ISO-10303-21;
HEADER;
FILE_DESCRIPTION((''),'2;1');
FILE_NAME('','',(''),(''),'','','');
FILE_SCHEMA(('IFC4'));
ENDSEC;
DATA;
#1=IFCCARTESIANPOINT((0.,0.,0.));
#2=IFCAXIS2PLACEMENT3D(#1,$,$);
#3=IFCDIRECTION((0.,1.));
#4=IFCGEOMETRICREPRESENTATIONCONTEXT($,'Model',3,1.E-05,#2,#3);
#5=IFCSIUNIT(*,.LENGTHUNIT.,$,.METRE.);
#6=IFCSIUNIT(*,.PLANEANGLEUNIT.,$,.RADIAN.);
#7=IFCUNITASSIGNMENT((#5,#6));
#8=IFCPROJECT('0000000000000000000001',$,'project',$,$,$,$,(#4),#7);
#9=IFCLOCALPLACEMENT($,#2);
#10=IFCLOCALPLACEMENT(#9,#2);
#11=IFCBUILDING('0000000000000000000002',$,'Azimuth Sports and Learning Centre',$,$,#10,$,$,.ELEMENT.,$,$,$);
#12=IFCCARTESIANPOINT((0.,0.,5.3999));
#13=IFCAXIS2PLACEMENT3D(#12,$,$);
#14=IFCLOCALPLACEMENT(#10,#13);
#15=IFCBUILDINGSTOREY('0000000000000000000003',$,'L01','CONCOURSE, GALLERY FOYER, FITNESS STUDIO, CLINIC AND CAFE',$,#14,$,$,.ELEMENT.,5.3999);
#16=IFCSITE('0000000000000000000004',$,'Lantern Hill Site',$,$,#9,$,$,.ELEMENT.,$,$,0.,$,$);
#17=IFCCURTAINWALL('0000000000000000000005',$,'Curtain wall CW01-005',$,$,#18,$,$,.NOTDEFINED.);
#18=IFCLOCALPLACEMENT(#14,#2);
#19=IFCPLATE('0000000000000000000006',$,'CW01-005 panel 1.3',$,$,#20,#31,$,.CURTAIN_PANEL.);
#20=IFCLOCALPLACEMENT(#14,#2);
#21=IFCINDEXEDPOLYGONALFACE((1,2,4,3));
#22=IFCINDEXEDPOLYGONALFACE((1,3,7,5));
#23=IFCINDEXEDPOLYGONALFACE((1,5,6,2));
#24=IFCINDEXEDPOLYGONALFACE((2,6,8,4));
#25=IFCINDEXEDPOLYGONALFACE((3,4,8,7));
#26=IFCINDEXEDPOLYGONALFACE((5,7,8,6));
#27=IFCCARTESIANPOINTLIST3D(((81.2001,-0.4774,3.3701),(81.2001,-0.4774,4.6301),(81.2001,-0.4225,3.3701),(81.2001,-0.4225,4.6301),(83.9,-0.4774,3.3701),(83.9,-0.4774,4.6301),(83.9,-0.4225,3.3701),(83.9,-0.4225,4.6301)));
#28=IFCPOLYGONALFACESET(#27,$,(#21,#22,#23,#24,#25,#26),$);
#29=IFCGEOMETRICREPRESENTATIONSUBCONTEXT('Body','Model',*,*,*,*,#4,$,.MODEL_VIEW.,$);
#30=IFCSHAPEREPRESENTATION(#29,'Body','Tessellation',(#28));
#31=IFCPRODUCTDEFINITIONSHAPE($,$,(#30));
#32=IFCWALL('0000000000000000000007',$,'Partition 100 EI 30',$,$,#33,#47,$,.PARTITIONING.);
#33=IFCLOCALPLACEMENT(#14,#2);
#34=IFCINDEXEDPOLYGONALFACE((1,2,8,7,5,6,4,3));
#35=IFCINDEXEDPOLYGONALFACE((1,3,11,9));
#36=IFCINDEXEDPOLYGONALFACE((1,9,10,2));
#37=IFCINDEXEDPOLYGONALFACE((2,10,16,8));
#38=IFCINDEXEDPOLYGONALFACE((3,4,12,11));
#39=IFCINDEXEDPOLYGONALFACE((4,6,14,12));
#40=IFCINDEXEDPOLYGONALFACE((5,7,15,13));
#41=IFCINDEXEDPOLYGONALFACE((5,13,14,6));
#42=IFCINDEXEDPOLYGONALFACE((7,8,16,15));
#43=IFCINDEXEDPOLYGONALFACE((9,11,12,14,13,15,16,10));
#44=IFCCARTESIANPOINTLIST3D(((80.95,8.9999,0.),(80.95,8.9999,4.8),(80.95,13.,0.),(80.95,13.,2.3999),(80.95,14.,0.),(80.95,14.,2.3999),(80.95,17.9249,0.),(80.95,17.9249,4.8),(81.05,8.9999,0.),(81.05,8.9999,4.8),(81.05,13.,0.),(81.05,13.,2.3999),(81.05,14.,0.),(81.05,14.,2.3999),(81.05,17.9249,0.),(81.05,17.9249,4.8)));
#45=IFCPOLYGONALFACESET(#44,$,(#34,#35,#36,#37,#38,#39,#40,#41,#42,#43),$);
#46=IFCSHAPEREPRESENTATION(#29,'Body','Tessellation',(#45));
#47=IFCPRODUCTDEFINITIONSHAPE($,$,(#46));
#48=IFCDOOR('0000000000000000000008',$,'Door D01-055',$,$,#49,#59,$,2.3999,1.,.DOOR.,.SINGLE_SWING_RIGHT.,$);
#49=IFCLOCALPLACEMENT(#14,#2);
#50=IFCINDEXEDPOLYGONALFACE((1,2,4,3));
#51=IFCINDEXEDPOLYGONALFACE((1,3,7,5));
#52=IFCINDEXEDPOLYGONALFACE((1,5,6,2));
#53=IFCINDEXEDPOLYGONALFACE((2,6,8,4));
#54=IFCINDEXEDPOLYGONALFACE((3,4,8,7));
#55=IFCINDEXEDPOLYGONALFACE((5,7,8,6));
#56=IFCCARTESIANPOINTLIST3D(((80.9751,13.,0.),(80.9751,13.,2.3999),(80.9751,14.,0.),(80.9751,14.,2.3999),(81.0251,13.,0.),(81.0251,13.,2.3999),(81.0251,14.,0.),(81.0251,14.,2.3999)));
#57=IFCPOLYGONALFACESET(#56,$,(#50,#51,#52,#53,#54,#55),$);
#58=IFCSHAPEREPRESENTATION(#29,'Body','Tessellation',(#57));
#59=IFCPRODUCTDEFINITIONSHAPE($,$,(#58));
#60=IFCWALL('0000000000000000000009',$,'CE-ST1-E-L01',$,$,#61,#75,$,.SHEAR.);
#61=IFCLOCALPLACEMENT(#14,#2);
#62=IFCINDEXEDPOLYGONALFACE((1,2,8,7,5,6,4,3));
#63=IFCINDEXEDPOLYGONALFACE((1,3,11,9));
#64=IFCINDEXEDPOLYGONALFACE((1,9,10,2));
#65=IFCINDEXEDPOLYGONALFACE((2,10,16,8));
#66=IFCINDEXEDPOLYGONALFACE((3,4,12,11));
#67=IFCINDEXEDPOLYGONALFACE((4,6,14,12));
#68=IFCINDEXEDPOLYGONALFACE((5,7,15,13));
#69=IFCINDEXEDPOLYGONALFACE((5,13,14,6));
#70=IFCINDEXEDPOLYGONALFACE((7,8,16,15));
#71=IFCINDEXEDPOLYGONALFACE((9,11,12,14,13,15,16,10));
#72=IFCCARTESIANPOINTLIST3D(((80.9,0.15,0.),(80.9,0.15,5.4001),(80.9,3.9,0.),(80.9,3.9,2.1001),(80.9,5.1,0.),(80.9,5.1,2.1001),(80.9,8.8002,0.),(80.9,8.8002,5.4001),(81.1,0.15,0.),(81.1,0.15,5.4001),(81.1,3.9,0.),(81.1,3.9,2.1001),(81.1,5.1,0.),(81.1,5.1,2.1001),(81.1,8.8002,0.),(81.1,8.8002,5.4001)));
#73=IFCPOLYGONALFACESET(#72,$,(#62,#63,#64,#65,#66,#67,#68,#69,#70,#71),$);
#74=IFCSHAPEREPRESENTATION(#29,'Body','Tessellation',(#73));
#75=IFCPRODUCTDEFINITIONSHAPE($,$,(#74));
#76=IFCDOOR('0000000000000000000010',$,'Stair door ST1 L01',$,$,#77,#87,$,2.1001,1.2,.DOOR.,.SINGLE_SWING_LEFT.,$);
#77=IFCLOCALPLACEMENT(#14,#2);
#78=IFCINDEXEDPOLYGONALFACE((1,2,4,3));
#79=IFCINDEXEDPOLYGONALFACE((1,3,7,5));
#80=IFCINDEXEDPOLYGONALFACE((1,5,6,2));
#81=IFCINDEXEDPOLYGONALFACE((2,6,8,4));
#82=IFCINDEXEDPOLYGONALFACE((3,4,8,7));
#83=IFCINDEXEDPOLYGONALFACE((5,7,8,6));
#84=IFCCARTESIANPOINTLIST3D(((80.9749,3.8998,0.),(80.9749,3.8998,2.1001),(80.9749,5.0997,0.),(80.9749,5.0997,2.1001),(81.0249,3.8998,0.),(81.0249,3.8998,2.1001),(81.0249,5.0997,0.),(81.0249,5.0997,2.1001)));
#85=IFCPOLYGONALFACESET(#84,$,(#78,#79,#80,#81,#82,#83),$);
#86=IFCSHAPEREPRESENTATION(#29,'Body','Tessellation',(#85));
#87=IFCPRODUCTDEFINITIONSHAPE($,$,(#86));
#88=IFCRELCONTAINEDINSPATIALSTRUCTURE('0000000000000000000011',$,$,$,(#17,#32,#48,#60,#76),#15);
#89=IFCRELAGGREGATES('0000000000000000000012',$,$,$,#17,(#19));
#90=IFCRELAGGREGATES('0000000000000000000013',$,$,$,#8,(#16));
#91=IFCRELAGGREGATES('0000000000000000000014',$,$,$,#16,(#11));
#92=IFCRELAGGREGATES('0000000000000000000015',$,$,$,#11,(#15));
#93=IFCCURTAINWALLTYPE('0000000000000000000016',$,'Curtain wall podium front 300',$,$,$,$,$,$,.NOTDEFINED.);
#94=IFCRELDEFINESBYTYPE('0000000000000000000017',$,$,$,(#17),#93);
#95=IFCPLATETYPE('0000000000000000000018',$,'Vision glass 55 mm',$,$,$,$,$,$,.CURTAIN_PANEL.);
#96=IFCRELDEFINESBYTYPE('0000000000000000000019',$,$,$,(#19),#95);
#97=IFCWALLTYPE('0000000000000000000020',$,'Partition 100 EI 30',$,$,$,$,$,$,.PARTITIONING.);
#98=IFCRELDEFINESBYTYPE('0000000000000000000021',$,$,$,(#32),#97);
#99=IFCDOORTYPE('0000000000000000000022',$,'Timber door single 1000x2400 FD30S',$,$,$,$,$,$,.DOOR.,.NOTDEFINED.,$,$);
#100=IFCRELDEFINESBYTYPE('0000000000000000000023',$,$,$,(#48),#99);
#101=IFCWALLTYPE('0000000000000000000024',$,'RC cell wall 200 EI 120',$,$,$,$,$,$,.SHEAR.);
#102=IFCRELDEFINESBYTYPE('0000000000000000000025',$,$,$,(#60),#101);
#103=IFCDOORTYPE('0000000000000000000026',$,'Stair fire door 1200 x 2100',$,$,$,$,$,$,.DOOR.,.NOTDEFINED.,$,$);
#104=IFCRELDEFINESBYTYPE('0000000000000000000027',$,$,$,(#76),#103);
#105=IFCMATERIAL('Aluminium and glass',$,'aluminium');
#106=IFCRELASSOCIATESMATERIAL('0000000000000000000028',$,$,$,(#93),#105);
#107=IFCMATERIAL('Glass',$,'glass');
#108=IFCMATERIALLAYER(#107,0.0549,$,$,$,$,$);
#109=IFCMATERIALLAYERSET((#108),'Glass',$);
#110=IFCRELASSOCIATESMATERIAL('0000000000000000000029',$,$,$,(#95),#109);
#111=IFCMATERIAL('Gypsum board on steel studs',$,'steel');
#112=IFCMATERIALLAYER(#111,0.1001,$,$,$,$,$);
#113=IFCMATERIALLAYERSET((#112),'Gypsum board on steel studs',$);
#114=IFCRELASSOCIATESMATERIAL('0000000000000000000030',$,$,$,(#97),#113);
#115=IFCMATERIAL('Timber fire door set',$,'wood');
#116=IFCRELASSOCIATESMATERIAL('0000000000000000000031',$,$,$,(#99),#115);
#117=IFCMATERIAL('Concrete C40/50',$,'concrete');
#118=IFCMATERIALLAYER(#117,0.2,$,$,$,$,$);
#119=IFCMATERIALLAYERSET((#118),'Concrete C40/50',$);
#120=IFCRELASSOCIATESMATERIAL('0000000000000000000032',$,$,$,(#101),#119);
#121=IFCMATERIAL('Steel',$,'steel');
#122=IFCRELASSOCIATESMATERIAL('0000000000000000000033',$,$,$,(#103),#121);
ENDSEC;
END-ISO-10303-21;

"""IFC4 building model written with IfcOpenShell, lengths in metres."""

from ifc_helpers import new_model, si_unit, direction, frame, frame_2d, origin, origin_2d, place, context, subcontext, project, spatial, rectangle, extrude, material, layer, layer_set, type_object, element, fill, aggregate, save


model = new_model("IFC4")

# Units and contexts
model_context = context("Model", 3, precision=1e-05, world=origin(), true_north=direction((0.0, 1.0)))
body_context = subcontext(model_context, "Body", "Model", "MODEL_VIEW")
ifc_project = project(units=[si_unit("LENGTHUNIT", "METRE"), si_unit("PLANEANGLEUNIT", "RADIAN")], contexts=[model_context])

# Site, building, storey
site_placement = place(None, origin())
site = spatial("IfcSite", under=ifc_project, at=site_placement, Name="Lantern Hill Site", CompositionType="ELEMENT", RefElevation=0.0)
building_placement = place(site_placement, origin())
building = spatial("IfcBuilding", under=site, at=building_placement, Name="Azimuth Sports and Learning Centre", CompositionType="ELEMENT")
storey_placement = place(building_placement, frame((0.0, 0.0, 5.3999)))
storey = spatial("IfcBuildingStorey", under=building, at=storey_placement, Name="L01", Description="CONCOURSE, GALLERY FOYER, FITNESS STUDIO, CLINIC AND CAFE", CompositionType="ELEMENT", Elevation=5.3999)

# Curtain wall, plate
ifc_material_1 = material(Name="Aluminium and glass", Category="aluminium")
curtain_wall_type = type_object("IfcCurtainWallType", Name="Curtain wall podium front 300", PredefinedType="NOTDEFINED", material=ifc_material_1)
curtain_wall_placement = place(storey_placement, origin())
curtain_wall = element("IfcCurtainWall", 1, at=curtain_wall_placement, inside=storey, type_object=curtain_wall_type, Name="Curtain wall CW01-005", PredefinedType="NOTDEFINED")
ifc_material_2 = material(Name="Glass", Category="glass")
ifc_layer_1 = layer(ifc_material_2, 0.0549)
ifc_layer_set_1 = layer_set([ifc_layer_1], Name="Glass")
plate_type_1 = type_object("IfcPlateType", Name="Vision glass 55 mm", PredefinedType="CURTAIN_PANEL", material=ifc_layer_set_1)
plate_1_placement = place(storey_placement, frame((82.55, -0.45, 3.3701), z_axis=(0.0, 0.0, 1.0), x_axis=(1.0, 0.0, 0.0)))
plate_1 = element("IfcPlate", 2, at=plate_1_placement, type_object=plate_type_1, Name="CW01-005 panel 1.3", PredefinedType="CURTAIN_PANEL", context=body_context, shape_type="SweptSolid", body=[
    extrude(rectangle(XDim=2.7, YDim=0.0549, at=origin_2d()), origin(), (0.0, 0.0, 1.0), 1.26),
])
aggregate(curtain_wall, [plate_1])

# Walls, openings, doors
ifc_material_3 = material(Name="Gypsum board on steel studs", Category="steel")
ifc_layer_2 = layer(ifc_material_3, 0.1001)
ifc_layer_set_2 = layer_set([ifc_layer_2], Name="Gypsum board on steel studs")
wall_type_1 = type_object("IfcWallType", Name="Partition 100 EI 30", PredefinedType="PARTITIONING", material=ifc_layer_set_2)
wall_1_placement = place(storey_placement, frame((81.0, 9.0, 0.0), z_axis=(0.0, 0.0, 1.0), x_axis=(0.0, 1.0, 0.0)))
wall_1 = element("IfcWall", 3, at=wall_1_placement, inside=storey, type_object=wall_type_1, Name="Partition 100 EI 30", PredefinedType="PARTITIONING", context=body_context, shape_type="SweptSolid", body=[
    extrude(rectangle(XDim=8.925, YDim=0.1001, at=frame_2d((4.4624, 0.0))), origin(), (0.0, 0.0, 1.0), 4.8),
])
opening_1_placement = place(wall_1_placement, frame((4.0, 0.0, 0.0)))
opening_1 = element("IfcOpeningElement", 4, at=opening_1_placement, cuts=wall_1, PredefinedType="OPENING", context=body_context, shape_type="SweptSolid", body=[
    extrude(rectangle(XDim=1.0, YDim=2.3999, at=frame_2d((0.5, 1.2))), frame((0.0, 0.061, 0.0), z_axis=(0.0, -1.0, 0.0), x_axis=(1.0, 0.0, 0.0)), (0.0, 0.0, 1.0), 0.1221),
])
ifc_material_4 = material(Name="Timber fire door set", Category="wood")
door_type_1 = type_object("IfcDoorType", Name="Timber door single 1000x2400 FD30S", OperationType="NOTDEFINED", PredefinedType="DOOR", material=ifc_material_4)
door_1_placement = place(opening_1_placement, origin())
door_1 = element("IfcDoor", 5, at=door_1_placement, inside=storey, type_object=door_type_1, Name="Door D01-055", OperationType="SINGLE_SWING_RIGHT", OverallHeight=2.3999, OverallWidth=1.0, PredefinedType="DOOR", context=body_context, shape_type="SweptSolid", body=[
    extrude(rectangle(XDim=1.0, YDim=2.3999, at=frame_2d((0.5, 1.2))), frame((0.0, 0.0249, 0.0), z_axis=(0.0, -1.0, 0.0), x_axis=(1.0, 0.0, 0.0)), (0.0, 0.0, 1.0), 0.05),
])
fill(opening_1, door_1)
ifc_material_5 = material(Name="Concrete C40/50", Category="concrete")
ifc_layer_3 = layer(ifc_material_5, 0.2)
ifc_layer_set_3 = layer_set([ifc_layer_3], Name="Concrete C40/50")
wall_type_2 = type_object("IfcWallType", Name="RC cell wall 200 EI 120", PredefinedType="SHEAR", material=ifc_layer_set_3)
wall_2_placement = place(storey_placement, frame((81.0, 0.1499, 0.0), z_axis=(0.0, 0.0, 1.0), x_axis=(0.0, 1.0, 0.0)))
wall_2 = element("IfcWall", 6, at=wall_2_placement, inside=storey, type_object=wall_type_2, Name="CE-ST1-E-L01", PredefinedType="SHEAR", context=body_context, shape_type="SweptSolid", body=[
    extrude(rectangle(XDim=8.6501, YDim=0.2, at=frame_2d((4.3252, 0.0))), origin(), (0.0, 0.0, 1.0), 5.4001),
])
opening_2_placement = place(wall_2_placement, frame((3.75, 0.0, 0.0)))
opening_2 = element("IfcOpeningElement", 7, at=opening_2_placement, cuts=wall_2, PredefinedType="OPENING", context=body_context, shape_type="SweptSolid", body=[
    extrude(rectangle(XDim=1.2, YDim=2.1001, at=frame_2d((0.6001, 1.05))), frame((0.0, 0.1108, 0.0), z_axis=(0.0, -1.0, 0.0), x_axis=(1.0, 0.0, 0.0)), (0.0, 0.0, 1.0), 0.2219),
])
ifc_material_6 = material(Name="Steel", Category="steel")
door_type_2 = type_object("IfcDoorType", Name="Stair fire door 1200 x 2100", OperationType="NOTDEFINED", PredefinedType="DOOR", material=ifc_material_6)
door_2_placement = place(opening_2_placement, frame((1.2, 0.0, 0.0), z_axis=(0.0, 0.0, 1.0), x_axis=(-1.0, 0.0, 0.0)))
door_2 = element("IfcDoor", 8, at=door_2_placement, inside=storey, type_object=door_type_2, Name="Stair door ST1 L01", OperationType="SINGLE_SWING_LEFT", OverallHeight=2.1001, OverallWidth=1.2, PredefinedType="DOOR", context=body_context, shape_type="SweptSolid", body=[
    extrude(rectangle(XDim=1.2, YDim=2.1001, at=frame_2d((0.6001, 1.05))), frame((0.0, 0.0249, 0.0), z_axis=(0.0, -1.0, 0.0), x_axis=(1.0, 0.0, 0.0)), (0.0, 0.0, 1.0), 0.05),
])
fill(opening_2, door_2)

save(model, "model.ifc")
